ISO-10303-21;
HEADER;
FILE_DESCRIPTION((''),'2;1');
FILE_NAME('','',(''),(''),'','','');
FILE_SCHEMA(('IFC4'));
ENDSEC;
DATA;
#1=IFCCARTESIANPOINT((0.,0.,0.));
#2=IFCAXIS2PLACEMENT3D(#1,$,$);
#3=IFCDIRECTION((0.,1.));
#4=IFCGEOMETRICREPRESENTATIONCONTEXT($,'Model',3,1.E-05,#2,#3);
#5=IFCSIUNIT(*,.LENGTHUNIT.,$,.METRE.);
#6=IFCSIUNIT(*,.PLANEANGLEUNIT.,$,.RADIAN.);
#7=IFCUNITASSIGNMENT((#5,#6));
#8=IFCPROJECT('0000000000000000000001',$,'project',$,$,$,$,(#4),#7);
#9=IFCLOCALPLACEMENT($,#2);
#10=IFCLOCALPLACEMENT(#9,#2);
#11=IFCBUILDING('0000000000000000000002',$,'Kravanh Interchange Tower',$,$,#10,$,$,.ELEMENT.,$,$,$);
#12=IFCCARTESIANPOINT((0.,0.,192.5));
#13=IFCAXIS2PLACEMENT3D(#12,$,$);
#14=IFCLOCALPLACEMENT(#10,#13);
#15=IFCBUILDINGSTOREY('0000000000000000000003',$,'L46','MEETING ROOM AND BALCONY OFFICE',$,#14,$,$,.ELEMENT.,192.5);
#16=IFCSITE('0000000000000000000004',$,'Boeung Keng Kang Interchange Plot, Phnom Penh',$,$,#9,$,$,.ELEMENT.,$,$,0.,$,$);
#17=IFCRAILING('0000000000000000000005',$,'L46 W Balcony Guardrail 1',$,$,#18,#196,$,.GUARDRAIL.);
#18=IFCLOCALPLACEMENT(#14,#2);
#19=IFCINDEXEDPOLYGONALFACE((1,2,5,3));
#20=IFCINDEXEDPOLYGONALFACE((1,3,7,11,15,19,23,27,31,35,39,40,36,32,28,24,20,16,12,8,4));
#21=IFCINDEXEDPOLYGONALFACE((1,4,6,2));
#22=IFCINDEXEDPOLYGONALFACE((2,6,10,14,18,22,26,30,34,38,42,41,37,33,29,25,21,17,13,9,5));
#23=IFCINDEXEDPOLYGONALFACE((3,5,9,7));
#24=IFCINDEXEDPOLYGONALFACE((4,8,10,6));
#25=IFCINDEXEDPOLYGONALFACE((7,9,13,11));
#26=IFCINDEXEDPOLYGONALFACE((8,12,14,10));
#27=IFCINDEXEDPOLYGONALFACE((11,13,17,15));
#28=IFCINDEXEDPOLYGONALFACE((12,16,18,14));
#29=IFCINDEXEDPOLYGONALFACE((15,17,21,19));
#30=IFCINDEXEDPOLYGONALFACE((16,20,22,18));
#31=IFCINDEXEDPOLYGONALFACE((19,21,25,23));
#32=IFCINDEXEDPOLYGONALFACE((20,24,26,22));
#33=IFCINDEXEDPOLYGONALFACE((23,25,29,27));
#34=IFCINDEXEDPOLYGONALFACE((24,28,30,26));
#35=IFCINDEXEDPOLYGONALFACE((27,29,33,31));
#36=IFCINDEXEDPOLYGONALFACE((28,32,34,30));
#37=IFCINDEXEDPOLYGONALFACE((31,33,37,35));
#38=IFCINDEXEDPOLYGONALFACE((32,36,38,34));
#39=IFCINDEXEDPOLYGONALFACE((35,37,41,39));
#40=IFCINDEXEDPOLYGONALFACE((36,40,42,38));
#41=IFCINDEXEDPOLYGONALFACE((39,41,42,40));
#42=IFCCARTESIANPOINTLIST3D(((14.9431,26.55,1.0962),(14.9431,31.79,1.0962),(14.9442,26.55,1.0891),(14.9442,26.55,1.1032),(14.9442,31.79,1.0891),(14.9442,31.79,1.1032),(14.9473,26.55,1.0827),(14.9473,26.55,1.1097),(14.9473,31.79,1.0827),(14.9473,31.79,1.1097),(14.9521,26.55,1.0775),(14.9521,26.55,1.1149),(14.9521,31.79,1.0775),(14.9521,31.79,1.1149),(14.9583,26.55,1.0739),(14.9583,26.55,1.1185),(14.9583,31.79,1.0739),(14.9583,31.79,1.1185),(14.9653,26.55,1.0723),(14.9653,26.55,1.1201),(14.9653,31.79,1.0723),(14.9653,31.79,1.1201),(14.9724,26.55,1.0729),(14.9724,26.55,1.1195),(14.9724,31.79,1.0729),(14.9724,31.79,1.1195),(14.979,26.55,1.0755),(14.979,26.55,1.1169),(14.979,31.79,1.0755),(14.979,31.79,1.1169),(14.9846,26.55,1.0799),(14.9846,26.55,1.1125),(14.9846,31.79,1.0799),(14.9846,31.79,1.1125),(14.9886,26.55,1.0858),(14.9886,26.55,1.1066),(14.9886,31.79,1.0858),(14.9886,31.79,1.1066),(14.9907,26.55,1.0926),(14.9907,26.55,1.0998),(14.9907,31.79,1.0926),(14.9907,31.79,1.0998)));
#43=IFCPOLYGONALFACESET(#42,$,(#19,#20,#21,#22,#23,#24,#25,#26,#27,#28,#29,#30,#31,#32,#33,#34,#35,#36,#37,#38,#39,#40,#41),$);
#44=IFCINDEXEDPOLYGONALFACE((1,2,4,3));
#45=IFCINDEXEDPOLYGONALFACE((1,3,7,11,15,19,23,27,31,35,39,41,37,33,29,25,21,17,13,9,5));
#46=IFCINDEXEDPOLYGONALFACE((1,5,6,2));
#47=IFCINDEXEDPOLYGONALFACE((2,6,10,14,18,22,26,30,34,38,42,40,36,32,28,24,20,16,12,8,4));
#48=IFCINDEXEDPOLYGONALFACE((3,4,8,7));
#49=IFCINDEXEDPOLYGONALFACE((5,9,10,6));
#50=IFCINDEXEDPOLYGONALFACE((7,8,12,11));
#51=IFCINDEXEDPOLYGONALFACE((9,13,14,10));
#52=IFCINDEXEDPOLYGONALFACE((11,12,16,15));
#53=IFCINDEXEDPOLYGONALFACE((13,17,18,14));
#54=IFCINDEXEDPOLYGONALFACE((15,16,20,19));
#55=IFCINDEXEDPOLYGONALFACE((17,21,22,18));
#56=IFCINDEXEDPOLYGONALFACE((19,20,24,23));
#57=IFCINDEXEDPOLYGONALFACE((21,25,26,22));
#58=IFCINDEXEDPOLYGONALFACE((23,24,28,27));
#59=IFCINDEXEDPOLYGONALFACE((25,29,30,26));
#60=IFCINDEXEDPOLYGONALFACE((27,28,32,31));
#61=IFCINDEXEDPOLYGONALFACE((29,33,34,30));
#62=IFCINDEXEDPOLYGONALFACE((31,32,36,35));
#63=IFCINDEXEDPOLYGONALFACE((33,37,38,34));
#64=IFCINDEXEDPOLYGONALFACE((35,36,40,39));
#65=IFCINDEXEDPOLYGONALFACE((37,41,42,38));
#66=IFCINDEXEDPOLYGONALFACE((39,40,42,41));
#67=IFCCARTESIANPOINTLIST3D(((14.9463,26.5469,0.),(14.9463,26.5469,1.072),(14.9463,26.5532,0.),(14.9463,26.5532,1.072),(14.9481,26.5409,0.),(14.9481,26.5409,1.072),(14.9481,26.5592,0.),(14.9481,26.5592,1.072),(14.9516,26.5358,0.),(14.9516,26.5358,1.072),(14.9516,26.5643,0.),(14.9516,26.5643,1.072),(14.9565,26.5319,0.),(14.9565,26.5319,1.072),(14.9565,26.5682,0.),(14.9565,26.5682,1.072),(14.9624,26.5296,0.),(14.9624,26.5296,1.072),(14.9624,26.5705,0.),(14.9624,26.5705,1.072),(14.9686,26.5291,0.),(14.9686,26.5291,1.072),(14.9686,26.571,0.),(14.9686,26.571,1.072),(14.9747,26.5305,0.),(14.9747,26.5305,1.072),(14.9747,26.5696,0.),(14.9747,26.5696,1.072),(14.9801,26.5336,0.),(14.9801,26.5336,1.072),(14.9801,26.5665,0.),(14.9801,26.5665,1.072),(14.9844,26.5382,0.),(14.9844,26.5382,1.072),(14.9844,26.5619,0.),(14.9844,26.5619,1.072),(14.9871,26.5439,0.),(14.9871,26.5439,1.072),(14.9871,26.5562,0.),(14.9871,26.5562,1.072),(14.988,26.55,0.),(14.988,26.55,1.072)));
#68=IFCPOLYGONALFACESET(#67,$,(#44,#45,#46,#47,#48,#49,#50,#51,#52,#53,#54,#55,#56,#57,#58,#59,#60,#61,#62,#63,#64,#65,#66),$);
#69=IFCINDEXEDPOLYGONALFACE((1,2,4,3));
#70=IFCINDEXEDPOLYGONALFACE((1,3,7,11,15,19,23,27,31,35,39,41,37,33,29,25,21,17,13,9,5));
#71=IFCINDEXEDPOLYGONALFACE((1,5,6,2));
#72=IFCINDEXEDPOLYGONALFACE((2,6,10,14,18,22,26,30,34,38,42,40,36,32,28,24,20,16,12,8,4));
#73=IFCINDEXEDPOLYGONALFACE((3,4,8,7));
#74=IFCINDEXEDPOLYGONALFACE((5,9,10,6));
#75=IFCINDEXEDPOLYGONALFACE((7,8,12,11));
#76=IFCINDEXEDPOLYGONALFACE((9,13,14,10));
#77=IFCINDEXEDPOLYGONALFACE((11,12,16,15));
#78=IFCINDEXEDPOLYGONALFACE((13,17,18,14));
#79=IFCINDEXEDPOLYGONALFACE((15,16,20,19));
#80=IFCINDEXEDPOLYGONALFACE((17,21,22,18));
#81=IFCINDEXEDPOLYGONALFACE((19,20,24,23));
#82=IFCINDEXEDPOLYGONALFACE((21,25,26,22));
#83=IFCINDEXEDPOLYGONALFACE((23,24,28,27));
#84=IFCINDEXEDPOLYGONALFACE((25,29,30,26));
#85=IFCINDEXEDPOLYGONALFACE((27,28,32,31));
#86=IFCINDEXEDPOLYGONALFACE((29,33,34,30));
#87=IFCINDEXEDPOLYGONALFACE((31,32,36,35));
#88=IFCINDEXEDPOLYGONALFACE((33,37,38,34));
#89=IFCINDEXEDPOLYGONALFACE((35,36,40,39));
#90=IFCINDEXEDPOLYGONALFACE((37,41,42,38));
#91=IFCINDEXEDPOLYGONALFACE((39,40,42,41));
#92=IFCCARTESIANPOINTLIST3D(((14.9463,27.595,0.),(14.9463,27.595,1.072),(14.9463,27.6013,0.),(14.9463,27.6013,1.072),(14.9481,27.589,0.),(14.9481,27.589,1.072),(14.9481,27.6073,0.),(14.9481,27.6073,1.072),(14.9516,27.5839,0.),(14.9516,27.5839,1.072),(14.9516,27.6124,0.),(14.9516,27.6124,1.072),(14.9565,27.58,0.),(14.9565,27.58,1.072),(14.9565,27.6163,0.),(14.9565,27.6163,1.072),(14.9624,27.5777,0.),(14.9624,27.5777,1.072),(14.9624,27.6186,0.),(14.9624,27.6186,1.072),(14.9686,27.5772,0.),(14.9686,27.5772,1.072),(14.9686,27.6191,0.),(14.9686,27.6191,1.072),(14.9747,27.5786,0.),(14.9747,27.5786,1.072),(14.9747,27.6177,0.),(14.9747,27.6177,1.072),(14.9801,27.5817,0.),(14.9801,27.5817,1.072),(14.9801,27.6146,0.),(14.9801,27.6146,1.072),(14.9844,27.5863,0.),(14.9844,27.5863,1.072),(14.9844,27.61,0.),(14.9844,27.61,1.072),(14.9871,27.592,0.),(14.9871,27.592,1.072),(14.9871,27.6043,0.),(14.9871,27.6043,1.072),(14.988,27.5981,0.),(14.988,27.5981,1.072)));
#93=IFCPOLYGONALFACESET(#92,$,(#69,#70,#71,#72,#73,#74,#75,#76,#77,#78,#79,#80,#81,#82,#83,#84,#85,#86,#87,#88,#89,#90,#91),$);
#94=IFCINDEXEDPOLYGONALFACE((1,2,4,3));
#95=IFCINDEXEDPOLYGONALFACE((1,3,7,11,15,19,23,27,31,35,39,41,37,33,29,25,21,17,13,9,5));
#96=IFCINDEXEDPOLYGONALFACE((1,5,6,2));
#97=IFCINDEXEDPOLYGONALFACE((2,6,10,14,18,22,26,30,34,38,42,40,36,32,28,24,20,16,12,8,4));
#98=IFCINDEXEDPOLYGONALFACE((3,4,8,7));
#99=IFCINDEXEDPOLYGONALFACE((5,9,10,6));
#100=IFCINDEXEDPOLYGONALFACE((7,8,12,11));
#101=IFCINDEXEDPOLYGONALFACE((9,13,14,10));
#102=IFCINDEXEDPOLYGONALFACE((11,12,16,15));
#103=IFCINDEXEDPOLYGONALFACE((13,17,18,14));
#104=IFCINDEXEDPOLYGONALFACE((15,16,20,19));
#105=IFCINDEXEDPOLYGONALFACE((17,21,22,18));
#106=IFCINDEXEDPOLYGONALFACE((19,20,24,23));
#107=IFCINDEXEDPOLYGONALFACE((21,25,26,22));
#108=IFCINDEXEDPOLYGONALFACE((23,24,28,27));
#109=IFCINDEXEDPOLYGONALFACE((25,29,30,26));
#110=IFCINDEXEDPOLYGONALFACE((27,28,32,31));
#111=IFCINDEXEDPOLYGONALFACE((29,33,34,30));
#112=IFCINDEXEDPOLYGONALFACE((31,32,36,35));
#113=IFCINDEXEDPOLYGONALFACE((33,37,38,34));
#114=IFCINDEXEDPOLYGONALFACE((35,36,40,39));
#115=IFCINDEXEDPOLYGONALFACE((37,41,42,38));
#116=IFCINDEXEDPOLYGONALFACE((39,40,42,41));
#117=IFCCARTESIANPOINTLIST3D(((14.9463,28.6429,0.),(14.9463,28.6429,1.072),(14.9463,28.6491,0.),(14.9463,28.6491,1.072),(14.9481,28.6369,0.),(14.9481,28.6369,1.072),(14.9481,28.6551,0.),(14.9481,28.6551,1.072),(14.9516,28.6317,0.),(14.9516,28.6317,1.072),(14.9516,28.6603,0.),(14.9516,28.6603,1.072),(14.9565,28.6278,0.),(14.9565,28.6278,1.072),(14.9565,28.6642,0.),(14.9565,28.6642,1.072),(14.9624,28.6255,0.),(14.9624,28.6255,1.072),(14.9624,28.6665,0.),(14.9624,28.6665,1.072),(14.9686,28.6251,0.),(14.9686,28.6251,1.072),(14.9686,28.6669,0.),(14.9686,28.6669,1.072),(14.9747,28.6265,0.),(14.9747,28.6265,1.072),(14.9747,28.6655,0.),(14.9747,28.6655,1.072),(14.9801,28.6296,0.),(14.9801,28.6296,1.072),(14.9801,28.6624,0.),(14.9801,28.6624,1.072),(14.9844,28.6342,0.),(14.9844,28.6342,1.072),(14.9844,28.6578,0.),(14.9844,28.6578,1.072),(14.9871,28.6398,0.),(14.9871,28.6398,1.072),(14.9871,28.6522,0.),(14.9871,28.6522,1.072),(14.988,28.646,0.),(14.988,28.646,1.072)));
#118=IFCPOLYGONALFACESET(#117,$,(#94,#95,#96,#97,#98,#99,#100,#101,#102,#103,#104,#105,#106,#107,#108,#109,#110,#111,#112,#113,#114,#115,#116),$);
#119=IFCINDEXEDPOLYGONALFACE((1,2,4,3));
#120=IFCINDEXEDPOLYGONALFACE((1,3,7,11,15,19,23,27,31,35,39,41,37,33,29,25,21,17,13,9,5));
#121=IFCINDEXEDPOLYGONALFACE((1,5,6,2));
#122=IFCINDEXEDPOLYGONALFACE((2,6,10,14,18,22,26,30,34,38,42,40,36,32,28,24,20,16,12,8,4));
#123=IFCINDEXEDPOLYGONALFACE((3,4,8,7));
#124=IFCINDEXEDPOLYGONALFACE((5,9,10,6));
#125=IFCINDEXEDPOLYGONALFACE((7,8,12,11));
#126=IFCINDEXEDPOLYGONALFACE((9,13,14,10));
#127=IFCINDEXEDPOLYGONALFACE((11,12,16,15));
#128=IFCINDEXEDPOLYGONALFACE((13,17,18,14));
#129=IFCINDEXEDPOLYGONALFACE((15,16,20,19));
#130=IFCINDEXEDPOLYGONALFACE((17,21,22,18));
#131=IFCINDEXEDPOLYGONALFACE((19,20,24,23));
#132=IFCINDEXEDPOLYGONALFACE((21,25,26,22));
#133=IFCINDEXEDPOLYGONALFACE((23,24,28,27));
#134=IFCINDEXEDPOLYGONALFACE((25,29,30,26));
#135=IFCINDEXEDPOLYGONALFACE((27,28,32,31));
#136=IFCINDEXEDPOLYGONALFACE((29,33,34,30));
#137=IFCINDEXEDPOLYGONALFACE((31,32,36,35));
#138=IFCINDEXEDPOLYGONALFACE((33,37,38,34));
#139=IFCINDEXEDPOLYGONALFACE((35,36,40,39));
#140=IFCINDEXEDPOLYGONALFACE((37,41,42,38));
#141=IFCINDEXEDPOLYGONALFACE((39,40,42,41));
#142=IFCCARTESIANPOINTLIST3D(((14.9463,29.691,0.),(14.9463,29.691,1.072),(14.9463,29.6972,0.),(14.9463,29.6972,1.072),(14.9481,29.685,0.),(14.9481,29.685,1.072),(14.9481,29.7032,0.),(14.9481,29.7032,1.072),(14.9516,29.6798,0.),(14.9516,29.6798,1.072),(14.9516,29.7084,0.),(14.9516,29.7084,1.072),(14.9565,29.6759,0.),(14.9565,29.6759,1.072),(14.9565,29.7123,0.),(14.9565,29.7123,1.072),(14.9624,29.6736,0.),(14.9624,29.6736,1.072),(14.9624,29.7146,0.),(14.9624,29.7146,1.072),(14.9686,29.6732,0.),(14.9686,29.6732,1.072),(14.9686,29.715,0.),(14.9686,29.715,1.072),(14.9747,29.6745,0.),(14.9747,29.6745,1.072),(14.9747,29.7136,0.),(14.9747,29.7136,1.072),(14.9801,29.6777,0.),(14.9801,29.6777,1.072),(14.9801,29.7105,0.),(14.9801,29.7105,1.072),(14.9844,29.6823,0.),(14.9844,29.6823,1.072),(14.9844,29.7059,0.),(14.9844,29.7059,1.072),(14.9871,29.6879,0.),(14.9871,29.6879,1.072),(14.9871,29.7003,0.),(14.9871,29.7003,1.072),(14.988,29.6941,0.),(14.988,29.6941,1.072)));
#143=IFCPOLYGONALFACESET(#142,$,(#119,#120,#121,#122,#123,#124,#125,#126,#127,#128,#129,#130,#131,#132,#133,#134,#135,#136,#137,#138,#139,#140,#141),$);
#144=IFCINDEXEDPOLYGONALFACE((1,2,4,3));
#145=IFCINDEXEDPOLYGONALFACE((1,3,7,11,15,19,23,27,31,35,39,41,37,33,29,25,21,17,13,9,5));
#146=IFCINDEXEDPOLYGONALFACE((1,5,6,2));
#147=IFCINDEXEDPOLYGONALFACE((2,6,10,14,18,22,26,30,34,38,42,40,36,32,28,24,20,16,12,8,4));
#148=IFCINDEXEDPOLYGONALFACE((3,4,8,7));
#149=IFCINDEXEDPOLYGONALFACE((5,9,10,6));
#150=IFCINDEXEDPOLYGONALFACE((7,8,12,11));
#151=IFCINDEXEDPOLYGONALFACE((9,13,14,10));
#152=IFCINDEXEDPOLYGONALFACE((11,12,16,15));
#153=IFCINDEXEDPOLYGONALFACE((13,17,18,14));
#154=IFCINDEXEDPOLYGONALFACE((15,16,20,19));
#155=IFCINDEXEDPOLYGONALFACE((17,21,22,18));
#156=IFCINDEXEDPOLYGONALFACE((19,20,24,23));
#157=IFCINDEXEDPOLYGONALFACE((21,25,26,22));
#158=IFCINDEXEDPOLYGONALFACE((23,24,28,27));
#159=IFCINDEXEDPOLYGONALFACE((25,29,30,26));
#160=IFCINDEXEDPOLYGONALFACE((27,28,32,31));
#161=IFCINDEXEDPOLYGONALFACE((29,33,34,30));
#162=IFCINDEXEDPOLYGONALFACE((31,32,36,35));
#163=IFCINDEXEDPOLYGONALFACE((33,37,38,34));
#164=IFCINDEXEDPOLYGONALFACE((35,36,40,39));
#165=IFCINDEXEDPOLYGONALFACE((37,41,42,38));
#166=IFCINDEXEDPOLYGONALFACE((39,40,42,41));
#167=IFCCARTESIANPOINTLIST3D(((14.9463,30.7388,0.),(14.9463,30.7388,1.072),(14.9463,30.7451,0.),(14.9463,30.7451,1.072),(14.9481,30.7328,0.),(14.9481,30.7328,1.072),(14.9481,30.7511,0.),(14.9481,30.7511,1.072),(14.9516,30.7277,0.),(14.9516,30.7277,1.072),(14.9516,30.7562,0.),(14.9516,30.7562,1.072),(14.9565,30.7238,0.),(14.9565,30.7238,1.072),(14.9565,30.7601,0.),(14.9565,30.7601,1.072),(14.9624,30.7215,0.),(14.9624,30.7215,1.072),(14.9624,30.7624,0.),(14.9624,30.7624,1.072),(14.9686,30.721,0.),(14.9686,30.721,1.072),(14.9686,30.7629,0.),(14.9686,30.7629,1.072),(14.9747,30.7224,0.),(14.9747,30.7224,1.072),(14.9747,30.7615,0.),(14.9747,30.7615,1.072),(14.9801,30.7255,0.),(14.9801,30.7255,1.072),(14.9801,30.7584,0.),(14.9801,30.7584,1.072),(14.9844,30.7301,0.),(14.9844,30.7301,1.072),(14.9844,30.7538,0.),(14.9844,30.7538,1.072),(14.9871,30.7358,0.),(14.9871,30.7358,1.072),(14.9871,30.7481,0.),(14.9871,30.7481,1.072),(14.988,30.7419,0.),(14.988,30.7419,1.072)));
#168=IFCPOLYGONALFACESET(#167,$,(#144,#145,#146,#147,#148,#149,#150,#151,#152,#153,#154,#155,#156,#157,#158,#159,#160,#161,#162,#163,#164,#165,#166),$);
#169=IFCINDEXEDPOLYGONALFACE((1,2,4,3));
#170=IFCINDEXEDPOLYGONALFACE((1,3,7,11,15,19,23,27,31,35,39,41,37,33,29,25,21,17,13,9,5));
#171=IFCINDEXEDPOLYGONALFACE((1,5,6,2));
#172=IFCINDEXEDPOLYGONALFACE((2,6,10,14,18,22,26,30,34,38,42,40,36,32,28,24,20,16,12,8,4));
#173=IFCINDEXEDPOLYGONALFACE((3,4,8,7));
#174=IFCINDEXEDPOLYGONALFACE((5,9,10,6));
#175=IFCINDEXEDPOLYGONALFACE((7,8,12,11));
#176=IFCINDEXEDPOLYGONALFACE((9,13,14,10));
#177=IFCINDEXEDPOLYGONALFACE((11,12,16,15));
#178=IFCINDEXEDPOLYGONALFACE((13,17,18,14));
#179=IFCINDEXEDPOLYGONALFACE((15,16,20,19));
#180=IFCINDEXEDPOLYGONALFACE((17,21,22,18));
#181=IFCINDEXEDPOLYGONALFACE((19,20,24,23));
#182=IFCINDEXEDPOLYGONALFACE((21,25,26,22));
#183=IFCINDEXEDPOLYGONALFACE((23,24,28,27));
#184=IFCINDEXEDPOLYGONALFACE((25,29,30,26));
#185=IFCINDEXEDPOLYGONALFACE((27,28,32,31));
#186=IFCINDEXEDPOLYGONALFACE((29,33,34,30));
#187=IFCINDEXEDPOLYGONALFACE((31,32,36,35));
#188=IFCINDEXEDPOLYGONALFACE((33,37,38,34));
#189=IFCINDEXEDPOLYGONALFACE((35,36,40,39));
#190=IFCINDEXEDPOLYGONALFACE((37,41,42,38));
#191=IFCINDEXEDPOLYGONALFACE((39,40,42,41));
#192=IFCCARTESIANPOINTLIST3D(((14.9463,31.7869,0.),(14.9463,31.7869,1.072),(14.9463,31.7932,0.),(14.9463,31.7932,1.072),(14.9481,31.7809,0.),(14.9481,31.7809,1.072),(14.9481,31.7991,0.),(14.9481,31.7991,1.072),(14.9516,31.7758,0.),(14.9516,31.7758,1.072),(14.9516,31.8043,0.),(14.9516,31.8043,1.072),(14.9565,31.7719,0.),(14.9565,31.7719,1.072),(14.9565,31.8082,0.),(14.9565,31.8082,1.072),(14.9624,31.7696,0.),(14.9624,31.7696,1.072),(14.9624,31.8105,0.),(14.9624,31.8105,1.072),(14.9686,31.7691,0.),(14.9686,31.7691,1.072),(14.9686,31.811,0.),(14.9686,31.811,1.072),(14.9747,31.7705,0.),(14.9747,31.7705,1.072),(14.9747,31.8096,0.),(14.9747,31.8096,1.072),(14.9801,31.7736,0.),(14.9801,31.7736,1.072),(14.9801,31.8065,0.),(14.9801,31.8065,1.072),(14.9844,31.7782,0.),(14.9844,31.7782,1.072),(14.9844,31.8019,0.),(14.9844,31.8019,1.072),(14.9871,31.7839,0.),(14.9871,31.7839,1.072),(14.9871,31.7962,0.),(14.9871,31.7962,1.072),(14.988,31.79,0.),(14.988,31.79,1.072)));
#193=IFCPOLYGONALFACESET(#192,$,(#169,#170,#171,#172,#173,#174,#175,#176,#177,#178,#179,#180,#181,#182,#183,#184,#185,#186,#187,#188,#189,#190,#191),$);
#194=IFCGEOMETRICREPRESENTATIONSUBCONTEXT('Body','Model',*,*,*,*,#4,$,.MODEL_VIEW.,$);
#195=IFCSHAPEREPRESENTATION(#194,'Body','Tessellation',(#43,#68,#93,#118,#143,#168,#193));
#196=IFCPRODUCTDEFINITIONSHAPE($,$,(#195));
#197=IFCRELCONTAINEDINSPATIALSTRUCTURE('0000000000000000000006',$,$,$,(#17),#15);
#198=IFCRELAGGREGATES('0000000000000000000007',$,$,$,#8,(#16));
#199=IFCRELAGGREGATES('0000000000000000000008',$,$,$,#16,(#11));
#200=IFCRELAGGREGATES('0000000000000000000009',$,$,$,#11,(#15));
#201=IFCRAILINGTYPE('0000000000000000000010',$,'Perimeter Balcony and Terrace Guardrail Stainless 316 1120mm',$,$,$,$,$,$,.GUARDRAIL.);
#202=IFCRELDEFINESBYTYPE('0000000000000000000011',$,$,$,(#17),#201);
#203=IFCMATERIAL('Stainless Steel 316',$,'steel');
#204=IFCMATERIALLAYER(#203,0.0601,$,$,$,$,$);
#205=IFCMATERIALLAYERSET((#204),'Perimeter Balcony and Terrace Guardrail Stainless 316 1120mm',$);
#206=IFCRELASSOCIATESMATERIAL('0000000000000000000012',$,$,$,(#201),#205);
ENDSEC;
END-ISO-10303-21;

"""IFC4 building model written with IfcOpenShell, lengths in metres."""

from ifc_helpers import new_model, si_unit, direction, frame, origin, origin_2d, place, context, subcontext, project, spatial, circle, extrude, material, layer, layer_set, type_object, element, save


model = new_model("IFC4")

# Units and contexts
model_context = context("Model", 3, precision=1e-05, world=origin(), true_north=direction((0.0, 1.0)))
body_context = subcontext(model_context, "Body", "Model", "MODEL_VIEW")
ifc_project = project(units=[si_unit("LENGTHUNIT", "METRE"), si_unit("PLANEANGLEUNIT", "RADIAN")], contexts=[model_context])

# Site, building, storey
site_placement = place(None, origin())
site = spatial("IfcSite", under=ifc_project, at=site_placement, Name="Boeung Keng Kang Interchange Plot, Phnom Penh", CompositionType="ELEMENT", RefElevation=0.0)
building_placement = place(site_placement, origin())
building = spatial("IfcBuilding", under=site, at=building_placement, Name="Kravanh Interchange Tower", CompositionType="ELEMENT")
storey_placement = place(building_placement, frame((0.0, 0.0, 192.5)))
storey = spatial("IfcBuildingStorey", under=building, at=storey_placement, Name="L46", Description="MEETING ROOM AND BALCONY OFFICE", CompositionType="ELEMENT", Elevation=192.5)

# Railing
ifc_material_1 = material(Name="Stainless Steel 316", Category="steel")
ifc_layer_1 = layer(ifc_material_1, 0.0601)
ifc_layer_set_1 = layer_set([ifc_layer_1], Name="Perimeter Balcony and Terrace Guardrail Stainless 316 1120mm")
railing_type = type_object("IfcRailingType", Name="Perimeter Balcony and Terrace Guardrail Stainless 316 1120mm", PredefinedType="GUARDRAIL", material=ifc_layer_set_1)
railing_1_placement = place(storey_placement, frame((14.967, 26.55, 0.0)))
element("IfcRailing", 1, at=railing_1_placement, inside=storey, type_object=railing_type, Name="L46 W Balcony Guardrail 1", PredefinedType="GUARDRAIL", context=body_context, shape_type="SweptSolid", body=[
    extrude(circle(Radius=0.0239, at=origin_2d()), frame((0.0, 0.0, 1.0962), z_axis=(0.0, 1.0, 0.0), x_axis=(-1.0, 0.0, 0.0)), (0.0, 0.0, 1.0), 5.24),
    extrude(circle(Radius=0.021, at=origin_2d()), origin(), (0.0, 0.0, 1.0), 1.072),
    extrude(circle(Radius=0.021, at=origin_2d()), frame((0.0, 1.0481, 0.0)), (0.0, 0.0, 1.0), 1.072),
    extrude(circle(Radius=0.021, at=origin_2d()), frame((0.0, 2.0959, 0.0)), (0.0, 0.0, 1.0), 1.072),
    extrude(circle(Radius=0.021, at=origin_2d()), frame((0.0, 3.144, 0.0)), (0.0, 0.0, 1.0), 1.072),
    extrude(circle(Radius=0.021, at=origin_2d()), frame((0.0, 4.1919, 0.0)), (0.0, 0.0, 1.0), 1.072),
    extrude(circle(Radius=0.021, at=origin_2d()), frame((0.0, 5.24, 0.0)), (0.0, 0.0, 1.0), 1.072),
])

save(model, "model.ifc")
